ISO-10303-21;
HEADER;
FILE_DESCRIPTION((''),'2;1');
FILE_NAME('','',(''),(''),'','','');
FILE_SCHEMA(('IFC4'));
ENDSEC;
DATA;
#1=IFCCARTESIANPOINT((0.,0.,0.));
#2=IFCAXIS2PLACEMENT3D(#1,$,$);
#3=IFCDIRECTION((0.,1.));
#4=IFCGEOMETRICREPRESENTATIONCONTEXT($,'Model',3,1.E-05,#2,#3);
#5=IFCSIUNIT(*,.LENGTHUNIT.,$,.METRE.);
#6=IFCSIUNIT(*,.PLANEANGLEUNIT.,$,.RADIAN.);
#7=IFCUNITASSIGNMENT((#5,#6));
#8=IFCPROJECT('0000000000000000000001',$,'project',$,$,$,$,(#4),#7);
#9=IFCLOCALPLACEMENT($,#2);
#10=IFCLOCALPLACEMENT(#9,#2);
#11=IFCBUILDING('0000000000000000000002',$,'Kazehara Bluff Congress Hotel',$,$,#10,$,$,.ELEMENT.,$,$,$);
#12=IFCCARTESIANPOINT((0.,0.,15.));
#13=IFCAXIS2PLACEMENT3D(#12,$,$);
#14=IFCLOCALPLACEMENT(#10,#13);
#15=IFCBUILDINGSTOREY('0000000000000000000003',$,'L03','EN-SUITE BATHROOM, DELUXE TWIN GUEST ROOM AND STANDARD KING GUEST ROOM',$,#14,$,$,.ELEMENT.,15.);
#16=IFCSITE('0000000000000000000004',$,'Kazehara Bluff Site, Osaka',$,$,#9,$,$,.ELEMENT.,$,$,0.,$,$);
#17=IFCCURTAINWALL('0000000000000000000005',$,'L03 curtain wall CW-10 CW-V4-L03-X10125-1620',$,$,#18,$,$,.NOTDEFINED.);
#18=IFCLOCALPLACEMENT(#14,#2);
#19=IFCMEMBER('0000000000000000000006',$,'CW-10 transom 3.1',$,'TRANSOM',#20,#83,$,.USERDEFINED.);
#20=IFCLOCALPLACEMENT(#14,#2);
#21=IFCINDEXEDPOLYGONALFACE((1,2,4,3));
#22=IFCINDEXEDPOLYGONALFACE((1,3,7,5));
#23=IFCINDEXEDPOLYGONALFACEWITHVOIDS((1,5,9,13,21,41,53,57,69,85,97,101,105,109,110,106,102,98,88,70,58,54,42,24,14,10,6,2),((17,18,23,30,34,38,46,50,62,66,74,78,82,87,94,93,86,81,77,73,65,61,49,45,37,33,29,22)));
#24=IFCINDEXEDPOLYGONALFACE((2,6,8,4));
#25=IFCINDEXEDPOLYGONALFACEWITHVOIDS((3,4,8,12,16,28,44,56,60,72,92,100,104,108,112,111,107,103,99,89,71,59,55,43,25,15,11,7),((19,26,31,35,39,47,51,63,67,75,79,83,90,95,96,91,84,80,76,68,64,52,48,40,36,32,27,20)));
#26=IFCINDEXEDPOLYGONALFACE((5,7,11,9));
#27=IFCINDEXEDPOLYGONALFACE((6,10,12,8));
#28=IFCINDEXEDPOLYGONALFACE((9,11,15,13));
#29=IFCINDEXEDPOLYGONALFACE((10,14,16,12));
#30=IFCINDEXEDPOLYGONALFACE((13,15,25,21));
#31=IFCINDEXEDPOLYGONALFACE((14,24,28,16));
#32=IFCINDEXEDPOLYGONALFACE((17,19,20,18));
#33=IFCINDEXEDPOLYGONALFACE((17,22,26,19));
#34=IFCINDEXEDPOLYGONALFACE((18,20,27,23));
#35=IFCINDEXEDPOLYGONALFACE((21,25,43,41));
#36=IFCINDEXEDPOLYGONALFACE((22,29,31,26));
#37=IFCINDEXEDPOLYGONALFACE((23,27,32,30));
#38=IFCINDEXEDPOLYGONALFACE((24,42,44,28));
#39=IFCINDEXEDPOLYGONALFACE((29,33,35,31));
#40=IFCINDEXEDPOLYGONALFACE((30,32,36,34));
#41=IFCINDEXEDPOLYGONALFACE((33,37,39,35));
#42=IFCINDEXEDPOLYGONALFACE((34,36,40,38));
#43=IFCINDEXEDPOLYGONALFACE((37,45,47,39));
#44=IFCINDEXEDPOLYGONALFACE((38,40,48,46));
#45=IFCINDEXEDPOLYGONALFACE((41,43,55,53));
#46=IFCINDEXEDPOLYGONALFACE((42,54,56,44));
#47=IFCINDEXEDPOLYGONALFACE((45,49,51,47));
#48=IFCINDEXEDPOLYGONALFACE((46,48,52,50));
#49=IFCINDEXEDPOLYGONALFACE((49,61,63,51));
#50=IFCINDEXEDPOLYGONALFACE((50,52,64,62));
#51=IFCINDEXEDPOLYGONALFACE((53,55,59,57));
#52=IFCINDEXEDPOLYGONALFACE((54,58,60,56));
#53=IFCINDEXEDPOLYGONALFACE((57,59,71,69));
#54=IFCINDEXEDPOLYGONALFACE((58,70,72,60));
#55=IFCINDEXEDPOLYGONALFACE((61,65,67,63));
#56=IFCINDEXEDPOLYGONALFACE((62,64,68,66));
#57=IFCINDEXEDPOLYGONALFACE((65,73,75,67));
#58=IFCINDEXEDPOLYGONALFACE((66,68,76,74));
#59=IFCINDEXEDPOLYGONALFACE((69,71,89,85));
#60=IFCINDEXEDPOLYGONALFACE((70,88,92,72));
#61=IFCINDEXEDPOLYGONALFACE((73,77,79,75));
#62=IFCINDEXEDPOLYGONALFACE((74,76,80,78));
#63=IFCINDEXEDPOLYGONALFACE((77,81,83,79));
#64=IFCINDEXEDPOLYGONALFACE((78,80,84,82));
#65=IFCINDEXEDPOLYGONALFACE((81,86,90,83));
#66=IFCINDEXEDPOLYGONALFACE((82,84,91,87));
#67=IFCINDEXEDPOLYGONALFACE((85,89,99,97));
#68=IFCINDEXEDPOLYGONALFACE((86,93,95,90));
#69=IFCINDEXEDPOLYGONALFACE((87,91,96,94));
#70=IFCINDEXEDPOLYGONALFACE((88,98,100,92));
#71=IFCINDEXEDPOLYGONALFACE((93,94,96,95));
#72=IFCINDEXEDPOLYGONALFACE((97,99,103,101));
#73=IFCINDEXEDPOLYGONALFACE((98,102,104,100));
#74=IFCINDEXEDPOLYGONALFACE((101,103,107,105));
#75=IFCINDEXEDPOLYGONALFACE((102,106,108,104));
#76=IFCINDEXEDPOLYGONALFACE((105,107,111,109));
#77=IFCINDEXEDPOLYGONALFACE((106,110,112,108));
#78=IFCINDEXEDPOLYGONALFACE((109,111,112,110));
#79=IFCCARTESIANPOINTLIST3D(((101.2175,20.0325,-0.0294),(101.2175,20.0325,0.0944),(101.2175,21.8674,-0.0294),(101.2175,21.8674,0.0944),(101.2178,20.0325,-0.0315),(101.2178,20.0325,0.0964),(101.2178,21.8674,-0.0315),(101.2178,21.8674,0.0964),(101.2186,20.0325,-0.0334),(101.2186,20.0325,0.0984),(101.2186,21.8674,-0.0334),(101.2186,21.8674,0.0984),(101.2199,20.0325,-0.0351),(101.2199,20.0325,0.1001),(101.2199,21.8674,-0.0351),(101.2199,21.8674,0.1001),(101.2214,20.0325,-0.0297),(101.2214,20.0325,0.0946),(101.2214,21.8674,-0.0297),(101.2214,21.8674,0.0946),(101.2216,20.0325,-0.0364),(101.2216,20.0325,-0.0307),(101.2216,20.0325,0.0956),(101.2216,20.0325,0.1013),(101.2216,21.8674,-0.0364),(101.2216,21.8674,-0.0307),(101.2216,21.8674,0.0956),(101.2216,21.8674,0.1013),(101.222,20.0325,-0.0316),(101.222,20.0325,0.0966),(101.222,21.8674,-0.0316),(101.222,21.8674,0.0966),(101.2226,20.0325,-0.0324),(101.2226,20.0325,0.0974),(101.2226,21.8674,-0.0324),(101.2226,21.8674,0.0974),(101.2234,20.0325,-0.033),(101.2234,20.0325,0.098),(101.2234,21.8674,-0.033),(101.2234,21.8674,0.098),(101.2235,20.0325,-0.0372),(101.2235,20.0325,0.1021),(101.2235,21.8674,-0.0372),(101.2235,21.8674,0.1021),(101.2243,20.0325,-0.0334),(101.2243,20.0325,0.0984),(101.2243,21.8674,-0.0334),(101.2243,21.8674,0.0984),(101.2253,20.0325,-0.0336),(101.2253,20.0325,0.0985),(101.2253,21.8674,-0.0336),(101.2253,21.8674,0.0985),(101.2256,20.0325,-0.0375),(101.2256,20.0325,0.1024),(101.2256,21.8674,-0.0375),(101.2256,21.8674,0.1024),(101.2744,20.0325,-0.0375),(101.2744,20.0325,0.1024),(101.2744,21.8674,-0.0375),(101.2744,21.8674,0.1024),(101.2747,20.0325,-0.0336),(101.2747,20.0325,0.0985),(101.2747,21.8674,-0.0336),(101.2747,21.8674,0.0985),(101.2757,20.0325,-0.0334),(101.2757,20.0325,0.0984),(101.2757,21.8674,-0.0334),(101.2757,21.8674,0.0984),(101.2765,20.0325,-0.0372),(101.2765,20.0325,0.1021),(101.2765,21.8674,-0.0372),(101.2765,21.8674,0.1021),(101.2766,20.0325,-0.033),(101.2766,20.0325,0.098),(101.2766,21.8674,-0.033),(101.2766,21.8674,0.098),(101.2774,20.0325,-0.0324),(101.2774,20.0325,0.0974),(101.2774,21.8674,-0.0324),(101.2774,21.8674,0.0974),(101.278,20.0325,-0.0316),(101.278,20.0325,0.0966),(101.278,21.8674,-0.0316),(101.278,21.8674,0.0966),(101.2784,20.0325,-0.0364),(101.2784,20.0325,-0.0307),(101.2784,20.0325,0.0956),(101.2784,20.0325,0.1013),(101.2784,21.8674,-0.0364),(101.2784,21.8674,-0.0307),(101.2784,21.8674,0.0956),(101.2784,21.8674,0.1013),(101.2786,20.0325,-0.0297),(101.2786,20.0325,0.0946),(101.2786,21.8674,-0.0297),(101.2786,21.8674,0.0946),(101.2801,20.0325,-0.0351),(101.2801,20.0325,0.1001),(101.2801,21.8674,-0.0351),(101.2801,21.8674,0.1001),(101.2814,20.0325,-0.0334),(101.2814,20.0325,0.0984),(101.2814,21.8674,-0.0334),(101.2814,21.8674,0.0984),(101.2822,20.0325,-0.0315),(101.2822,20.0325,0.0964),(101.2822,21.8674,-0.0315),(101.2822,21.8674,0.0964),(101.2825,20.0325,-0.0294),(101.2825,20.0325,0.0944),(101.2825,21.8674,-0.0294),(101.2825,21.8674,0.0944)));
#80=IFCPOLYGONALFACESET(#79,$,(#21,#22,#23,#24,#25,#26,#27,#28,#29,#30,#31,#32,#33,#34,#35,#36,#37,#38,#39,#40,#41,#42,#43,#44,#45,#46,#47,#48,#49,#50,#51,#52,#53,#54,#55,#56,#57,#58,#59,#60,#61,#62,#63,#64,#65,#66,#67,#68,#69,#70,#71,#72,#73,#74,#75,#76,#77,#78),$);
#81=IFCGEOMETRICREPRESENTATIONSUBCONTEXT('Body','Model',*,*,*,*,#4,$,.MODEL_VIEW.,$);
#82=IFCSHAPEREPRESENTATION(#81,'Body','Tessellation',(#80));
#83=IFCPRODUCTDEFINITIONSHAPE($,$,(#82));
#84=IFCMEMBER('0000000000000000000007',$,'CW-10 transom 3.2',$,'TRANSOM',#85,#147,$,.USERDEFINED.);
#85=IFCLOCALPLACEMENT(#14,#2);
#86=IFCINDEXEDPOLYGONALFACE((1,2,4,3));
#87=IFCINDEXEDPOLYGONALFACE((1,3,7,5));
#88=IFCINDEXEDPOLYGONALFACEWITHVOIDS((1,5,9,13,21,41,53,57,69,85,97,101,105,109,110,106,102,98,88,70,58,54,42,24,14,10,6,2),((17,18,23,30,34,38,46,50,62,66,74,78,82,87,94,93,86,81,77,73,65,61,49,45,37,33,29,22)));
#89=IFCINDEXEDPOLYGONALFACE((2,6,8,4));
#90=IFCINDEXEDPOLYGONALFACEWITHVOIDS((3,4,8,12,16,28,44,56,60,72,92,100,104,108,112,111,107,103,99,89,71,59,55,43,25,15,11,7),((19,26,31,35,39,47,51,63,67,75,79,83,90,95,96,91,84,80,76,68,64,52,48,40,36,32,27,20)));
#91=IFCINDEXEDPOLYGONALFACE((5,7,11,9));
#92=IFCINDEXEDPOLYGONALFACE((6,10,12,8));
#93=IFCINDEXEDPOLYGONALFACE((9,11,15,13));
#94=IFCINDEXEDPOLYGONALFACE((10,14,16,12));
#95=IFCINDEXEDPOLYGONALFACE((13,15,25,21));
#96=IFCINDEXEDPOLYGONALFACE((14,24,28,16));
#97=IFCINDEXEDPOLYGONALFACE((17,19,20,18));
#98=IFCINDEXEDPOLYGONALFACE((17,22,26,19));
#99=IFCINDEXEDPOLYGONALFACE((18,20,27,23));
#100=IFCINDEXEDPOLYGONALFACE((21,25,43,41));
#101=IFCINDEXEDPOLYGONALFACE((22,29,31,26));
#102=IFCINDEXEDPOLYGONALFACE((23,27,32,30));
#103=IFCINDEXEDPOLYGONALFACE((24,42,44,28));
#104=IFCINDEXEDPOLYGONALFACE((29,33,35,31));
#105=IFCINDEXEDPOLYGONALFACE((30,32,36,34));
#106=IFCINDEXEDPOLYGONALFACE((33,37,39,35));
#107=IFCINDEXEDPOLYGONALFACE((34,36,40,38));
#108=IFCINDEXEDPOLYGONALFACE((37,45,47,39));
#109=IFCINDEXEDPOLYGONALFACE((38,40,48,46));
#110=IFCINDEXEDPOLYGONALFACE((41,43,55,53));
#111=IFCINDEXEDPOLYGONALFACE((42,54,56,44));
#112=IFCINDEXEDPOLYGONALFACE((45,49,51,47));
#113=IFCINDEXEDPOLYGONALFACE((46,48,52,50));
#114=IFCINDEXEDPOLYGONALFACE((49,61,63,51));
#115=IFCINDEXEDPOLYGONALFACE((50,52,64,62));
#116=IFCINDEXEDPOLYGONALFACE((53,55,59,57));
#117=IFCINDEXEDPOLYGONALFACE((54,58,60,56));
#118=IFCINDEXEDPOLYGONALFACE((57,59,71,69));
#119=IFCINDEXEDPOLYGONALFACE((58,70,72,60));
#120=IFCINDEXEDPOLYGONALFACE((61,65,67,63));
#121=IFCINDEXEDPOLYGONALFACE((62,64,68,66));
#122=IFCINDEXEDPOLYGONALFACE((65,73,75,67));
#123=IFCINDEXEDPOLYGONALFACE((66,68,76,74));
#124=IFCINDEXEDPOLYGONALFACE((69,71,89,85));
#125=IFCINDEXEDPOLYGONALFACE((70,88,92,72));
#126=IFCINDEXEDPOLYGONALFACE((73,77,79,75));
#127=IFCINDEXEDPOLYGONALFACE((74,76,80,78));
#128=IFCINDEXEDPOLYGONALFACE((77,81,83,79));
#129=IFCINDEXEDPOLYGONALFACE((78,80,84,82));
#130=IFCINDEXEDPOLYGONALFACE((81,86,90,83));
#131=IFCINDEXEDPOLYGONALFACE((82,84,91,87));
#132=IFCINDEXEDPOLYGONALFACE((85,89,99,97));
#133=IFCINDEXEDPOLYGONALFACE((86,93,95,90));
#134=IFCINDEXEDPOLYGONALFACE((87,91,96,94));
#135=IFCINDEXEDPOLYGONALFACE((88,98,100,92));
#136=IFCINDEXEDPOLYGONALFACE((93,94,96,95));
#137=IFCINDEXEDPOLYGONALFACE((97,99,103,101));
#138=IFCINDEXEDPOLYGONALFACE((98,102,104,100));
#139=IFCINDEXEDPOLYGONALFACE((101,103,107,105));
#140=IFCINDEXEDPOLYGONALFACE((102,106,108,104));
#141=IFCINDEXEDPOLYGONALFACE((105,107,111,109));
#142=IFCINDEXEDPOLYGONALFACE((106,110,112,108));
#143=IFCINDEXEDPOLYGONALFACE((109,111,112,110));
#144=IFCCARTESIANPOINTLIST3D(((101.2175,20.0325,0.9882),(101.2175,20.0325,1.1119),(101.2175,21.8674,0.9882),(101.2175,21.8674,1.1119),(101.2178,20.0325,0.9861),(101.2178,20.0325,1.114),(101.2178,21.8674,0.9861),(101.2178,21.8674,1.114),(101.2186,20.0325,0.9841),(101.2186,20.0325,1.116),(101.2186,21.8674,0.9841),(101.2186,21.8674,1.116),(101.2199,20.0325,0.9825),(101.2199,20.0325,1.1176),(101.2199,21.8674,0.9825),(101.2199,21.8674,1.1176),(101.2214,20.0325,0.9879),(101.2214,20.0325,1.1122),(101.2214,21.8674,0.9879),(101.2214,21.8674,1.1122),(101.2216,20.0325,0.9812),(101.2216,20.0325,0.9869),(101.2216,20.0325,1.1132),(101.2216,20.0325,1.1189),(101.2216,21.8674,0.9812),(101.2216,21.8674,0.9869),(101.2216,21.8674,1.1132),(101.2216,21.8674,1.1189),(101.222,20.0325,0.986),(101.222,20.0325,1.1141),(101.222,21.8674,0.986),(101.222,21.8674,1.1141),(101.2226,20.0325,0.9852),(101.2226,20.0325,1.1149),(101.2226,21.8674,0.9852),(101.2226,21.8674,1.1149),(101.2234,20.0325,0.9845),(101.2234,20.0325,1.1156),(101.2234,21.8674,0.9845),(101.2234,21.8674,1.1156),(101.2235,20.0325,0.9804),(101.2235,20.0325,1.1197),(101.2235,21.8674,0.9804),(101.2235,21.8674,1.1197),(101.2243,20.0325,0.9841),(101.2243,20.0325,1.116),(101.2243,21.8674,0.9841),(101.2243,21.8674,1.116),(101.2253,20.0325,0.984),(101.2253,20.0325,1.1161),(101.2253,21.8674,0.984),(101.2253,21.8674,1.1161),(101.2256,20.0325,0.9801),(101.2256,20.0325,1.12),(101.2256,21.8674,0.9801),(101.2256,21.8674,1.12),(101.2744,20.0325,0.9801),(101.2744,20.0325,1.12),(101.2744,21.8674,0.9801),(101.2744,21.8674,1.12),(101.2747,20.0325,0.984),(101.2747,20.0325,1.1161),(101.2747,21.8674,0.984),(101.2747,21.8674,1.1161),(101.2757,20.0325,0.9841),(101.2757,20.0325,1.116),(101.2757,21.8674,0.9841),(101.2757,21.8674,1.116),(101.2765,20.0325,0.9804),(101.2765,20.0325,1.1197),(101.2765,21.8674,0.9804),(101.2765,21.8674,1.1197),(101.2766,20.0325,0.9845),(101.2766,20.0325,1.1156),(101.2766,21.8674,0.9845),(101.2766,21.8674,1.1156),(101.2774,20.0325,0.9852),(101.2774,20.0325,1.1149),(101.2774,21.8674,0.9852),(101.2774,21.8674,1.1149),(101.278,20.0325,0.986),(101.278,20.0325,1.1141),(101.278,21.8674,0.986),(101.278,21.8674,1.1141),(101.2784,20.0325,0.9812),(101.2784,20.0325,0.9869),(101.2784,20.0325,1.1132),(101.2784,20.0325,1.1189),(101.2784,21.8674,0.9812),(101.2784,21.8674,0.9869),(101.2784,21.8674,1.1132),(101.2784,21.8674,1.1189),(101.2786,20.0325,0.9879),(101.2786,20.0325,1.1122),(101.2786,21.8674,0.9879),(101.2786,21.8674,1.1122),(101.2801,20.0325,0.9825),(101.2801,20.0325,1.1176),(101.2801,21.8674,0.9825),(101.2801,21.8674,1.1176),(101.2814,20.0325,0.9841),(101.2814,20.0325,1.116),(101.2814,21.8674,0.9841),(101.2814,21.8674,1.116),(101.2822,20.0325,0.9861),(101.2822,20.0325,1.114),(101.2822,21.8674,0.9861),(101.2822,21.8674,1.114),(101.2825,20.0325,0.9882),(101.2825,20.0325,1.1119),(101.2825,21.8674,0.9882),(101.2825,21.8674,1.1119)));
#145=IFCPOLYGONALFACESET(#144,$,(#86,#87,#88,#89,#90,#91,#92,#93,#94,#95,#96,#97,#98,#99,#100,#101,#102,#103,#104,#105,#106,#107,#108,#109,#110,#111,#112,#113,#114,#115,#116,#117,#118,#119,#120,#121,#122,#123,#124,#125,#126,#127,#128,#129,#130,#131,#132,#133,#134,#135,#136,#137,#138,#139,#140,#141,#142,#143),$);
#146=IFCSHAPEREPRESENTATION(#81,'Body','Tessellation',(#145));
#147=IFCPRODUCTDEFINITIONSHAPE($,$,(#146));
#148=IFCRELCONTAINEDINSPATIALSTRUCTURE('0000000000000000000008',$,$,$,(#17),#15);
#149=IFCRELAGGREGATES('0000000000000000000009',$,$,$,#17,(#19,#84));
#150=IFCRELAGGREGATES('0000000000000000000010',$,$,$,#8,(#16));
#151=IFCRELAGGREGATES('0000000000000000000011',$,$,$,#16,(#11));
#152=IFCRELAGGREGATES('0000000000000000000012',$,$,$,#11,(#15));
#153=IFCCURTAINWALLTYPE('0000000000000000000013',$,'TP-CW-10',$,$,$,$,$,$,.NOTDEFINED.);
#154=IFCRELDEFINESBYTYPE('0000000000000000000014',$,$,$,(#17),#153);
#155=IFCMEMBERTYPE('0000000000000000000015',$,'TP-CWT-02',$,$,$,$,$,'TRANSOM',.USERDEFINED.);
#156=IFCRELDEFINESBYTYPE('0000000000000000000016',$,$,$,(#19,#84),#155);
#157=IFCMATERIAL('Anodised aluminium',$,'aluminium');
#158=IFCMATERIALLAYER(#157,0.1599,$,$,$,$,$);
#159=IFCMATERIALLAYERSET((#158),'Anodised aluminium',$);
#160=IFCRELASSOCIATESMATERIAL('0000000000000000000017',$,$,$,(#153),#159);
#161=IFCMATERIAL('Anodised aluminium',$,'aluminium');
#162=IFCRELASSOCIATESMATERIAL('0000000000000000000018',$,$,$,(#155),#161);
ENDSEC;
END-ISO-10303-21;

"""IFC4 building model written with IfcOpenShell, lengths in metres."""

from ifc_helpers import new_model, si_unit, direction, frame, origin, origin_2d, place, context, subcontext, project, spatial, hollow_rectangle, extrude, material, layer, layer_set, material_profile, profile_set, type_object, element, aggregate, save


model = new_model("IFC4")

# Units and contexts
model_context = context("Model", 3, precision=1e-05, world=origin(), true_north=direction((0.0, 1.0)))
body_context = subcontext(model_context, "Body", "Model", "MODEL_VIEW")
ifc_project = project(units=[si_unit("LENGTHUNIT", "METRE"), si_unit("PLANEANGLEUNIT", "RADIAN")], contexts=[model_context])

# Site, building, storey
site_placement = place(None, origin())
site = spatial("IfcSite", under=ifc_project, at=site_placement, Name="Kazehara Bluff Site, Osaka", CompositionType="ELEMENT", RefElevation=0.0)
building_placement = place(site_placement, origin())
building = spatial("IfcBuilding", under=site, at=building_placement, Name="Kazehara Bluff Congress Hotel", CompositionType="ELEMENT")
storey_placement = place(building_placement, frame((0.0, 0.0, 15.0)))
storey = spatial("IfcBuildingStorey", under=building, at=storey_placement, Name="L03", Description="EN-SUITE BATHROOM, DELUXE TWIN GUEST ROOM AND STANDARD KING GUEST ROOM", CompositionType="ELEMENT", Elevation=15.0)

# Curtain wall, members
ifc_material_1 = material(Name="Anodised aluminium", Category="aluminium")
ifc_layer_1 = layer(ifc_material_1, 0.1599)
ifc_layer_set_1 = layer_set([ifc_layer_1], Name="Anodised aluminium")
curtain_wall_type = type_object("IfcCurtainWallType", Name="TP-CW-10", PredefinedType="NOTDEFINED", material=ifc_layer_set_1)
curtain_wall_placement = place(storey_placement, origin())
curtain_wall = element("IfcCurtainWall", 1, at=curtain_wall_placement, inside=storey, type_object=curtain_wall_type, Name="L03 curtain wall CW-10 CW-V4-L03-X10125-1620", PredefinedType="NOTDEFINED")
ifc_material_2 = material(Name="Anodised aluminium", Category="aluminium")
ifc_material_profile_1 = material_profile(ifc_material_2, hollow_rectangle(XDim=0.0649, YDim=0.1399, WallThickness=0.0039, InnerFilletRadius=0.0039, OuterFilletRadius=0.0081, at=origin_2d()))
ifc_profile_set_1 = profile_set([ifc_material_profile_1], Name="Anodised aluminium")
member_type_1 = type_object("IfcMemberType", Name="TP-CWT-02", ElementType="TRANSOM", PredefinedType="USERDEFINED", material=ifc_profile_set_1)
member_1_placement = place(storey_placement, frame((101.25, 20.0325, 0.0325), z_axis=(0.0, 1.0, 0.0), x_axis=(-1.0, 0.0, 0.0)))
member_1 = element("IfcMember", 2, at=member_1_placement, type_object=member_type_1, Name="CW-10 transom 3.1", ObjectType="TRANSOM", PredefinedType="USERDEFINED", context=body_context, shape_type="SweptSolid", body=[
    extrude(hollow_rectangle(XDim=0.0649, YDim=0.1399, WallThickness=0.0039, InnerFilletRadius=0.0039, OuterFilletRadius=0.0081, at=origin_2d()), origin(), (0.0, 0.0, 1.0), 1.835),
])
member_2_placement = place(storey_placement, frame((101.25, 20.0325, 1.05), z_axis=(0.0, 1.0, 0.0), x_axis=(-1.0, 0.0, 0.0)))
member_2 = element("IfcMember", 3, at=member_2_placement, type_object=member_type_1, Name="CW-10 transom 3.2", ObjectType="TRANSOM", PredefinedType="USERDEFINED", context=body_context, shape_type="SweptSolid", body=[
    extrude(hollow_rectangle(XDim=0.0649, YDim=0.1399, WallThickness=0.0039, InnerFilletRadius=0.0039, OuterFilletRadius=0.0081, at=origin_2d()), origin(), (0.0, 0.0, 1.0), 1.835),
])
aggregate(curtain_wall, [member_1, member_2])

save(model, "model.ifc")
